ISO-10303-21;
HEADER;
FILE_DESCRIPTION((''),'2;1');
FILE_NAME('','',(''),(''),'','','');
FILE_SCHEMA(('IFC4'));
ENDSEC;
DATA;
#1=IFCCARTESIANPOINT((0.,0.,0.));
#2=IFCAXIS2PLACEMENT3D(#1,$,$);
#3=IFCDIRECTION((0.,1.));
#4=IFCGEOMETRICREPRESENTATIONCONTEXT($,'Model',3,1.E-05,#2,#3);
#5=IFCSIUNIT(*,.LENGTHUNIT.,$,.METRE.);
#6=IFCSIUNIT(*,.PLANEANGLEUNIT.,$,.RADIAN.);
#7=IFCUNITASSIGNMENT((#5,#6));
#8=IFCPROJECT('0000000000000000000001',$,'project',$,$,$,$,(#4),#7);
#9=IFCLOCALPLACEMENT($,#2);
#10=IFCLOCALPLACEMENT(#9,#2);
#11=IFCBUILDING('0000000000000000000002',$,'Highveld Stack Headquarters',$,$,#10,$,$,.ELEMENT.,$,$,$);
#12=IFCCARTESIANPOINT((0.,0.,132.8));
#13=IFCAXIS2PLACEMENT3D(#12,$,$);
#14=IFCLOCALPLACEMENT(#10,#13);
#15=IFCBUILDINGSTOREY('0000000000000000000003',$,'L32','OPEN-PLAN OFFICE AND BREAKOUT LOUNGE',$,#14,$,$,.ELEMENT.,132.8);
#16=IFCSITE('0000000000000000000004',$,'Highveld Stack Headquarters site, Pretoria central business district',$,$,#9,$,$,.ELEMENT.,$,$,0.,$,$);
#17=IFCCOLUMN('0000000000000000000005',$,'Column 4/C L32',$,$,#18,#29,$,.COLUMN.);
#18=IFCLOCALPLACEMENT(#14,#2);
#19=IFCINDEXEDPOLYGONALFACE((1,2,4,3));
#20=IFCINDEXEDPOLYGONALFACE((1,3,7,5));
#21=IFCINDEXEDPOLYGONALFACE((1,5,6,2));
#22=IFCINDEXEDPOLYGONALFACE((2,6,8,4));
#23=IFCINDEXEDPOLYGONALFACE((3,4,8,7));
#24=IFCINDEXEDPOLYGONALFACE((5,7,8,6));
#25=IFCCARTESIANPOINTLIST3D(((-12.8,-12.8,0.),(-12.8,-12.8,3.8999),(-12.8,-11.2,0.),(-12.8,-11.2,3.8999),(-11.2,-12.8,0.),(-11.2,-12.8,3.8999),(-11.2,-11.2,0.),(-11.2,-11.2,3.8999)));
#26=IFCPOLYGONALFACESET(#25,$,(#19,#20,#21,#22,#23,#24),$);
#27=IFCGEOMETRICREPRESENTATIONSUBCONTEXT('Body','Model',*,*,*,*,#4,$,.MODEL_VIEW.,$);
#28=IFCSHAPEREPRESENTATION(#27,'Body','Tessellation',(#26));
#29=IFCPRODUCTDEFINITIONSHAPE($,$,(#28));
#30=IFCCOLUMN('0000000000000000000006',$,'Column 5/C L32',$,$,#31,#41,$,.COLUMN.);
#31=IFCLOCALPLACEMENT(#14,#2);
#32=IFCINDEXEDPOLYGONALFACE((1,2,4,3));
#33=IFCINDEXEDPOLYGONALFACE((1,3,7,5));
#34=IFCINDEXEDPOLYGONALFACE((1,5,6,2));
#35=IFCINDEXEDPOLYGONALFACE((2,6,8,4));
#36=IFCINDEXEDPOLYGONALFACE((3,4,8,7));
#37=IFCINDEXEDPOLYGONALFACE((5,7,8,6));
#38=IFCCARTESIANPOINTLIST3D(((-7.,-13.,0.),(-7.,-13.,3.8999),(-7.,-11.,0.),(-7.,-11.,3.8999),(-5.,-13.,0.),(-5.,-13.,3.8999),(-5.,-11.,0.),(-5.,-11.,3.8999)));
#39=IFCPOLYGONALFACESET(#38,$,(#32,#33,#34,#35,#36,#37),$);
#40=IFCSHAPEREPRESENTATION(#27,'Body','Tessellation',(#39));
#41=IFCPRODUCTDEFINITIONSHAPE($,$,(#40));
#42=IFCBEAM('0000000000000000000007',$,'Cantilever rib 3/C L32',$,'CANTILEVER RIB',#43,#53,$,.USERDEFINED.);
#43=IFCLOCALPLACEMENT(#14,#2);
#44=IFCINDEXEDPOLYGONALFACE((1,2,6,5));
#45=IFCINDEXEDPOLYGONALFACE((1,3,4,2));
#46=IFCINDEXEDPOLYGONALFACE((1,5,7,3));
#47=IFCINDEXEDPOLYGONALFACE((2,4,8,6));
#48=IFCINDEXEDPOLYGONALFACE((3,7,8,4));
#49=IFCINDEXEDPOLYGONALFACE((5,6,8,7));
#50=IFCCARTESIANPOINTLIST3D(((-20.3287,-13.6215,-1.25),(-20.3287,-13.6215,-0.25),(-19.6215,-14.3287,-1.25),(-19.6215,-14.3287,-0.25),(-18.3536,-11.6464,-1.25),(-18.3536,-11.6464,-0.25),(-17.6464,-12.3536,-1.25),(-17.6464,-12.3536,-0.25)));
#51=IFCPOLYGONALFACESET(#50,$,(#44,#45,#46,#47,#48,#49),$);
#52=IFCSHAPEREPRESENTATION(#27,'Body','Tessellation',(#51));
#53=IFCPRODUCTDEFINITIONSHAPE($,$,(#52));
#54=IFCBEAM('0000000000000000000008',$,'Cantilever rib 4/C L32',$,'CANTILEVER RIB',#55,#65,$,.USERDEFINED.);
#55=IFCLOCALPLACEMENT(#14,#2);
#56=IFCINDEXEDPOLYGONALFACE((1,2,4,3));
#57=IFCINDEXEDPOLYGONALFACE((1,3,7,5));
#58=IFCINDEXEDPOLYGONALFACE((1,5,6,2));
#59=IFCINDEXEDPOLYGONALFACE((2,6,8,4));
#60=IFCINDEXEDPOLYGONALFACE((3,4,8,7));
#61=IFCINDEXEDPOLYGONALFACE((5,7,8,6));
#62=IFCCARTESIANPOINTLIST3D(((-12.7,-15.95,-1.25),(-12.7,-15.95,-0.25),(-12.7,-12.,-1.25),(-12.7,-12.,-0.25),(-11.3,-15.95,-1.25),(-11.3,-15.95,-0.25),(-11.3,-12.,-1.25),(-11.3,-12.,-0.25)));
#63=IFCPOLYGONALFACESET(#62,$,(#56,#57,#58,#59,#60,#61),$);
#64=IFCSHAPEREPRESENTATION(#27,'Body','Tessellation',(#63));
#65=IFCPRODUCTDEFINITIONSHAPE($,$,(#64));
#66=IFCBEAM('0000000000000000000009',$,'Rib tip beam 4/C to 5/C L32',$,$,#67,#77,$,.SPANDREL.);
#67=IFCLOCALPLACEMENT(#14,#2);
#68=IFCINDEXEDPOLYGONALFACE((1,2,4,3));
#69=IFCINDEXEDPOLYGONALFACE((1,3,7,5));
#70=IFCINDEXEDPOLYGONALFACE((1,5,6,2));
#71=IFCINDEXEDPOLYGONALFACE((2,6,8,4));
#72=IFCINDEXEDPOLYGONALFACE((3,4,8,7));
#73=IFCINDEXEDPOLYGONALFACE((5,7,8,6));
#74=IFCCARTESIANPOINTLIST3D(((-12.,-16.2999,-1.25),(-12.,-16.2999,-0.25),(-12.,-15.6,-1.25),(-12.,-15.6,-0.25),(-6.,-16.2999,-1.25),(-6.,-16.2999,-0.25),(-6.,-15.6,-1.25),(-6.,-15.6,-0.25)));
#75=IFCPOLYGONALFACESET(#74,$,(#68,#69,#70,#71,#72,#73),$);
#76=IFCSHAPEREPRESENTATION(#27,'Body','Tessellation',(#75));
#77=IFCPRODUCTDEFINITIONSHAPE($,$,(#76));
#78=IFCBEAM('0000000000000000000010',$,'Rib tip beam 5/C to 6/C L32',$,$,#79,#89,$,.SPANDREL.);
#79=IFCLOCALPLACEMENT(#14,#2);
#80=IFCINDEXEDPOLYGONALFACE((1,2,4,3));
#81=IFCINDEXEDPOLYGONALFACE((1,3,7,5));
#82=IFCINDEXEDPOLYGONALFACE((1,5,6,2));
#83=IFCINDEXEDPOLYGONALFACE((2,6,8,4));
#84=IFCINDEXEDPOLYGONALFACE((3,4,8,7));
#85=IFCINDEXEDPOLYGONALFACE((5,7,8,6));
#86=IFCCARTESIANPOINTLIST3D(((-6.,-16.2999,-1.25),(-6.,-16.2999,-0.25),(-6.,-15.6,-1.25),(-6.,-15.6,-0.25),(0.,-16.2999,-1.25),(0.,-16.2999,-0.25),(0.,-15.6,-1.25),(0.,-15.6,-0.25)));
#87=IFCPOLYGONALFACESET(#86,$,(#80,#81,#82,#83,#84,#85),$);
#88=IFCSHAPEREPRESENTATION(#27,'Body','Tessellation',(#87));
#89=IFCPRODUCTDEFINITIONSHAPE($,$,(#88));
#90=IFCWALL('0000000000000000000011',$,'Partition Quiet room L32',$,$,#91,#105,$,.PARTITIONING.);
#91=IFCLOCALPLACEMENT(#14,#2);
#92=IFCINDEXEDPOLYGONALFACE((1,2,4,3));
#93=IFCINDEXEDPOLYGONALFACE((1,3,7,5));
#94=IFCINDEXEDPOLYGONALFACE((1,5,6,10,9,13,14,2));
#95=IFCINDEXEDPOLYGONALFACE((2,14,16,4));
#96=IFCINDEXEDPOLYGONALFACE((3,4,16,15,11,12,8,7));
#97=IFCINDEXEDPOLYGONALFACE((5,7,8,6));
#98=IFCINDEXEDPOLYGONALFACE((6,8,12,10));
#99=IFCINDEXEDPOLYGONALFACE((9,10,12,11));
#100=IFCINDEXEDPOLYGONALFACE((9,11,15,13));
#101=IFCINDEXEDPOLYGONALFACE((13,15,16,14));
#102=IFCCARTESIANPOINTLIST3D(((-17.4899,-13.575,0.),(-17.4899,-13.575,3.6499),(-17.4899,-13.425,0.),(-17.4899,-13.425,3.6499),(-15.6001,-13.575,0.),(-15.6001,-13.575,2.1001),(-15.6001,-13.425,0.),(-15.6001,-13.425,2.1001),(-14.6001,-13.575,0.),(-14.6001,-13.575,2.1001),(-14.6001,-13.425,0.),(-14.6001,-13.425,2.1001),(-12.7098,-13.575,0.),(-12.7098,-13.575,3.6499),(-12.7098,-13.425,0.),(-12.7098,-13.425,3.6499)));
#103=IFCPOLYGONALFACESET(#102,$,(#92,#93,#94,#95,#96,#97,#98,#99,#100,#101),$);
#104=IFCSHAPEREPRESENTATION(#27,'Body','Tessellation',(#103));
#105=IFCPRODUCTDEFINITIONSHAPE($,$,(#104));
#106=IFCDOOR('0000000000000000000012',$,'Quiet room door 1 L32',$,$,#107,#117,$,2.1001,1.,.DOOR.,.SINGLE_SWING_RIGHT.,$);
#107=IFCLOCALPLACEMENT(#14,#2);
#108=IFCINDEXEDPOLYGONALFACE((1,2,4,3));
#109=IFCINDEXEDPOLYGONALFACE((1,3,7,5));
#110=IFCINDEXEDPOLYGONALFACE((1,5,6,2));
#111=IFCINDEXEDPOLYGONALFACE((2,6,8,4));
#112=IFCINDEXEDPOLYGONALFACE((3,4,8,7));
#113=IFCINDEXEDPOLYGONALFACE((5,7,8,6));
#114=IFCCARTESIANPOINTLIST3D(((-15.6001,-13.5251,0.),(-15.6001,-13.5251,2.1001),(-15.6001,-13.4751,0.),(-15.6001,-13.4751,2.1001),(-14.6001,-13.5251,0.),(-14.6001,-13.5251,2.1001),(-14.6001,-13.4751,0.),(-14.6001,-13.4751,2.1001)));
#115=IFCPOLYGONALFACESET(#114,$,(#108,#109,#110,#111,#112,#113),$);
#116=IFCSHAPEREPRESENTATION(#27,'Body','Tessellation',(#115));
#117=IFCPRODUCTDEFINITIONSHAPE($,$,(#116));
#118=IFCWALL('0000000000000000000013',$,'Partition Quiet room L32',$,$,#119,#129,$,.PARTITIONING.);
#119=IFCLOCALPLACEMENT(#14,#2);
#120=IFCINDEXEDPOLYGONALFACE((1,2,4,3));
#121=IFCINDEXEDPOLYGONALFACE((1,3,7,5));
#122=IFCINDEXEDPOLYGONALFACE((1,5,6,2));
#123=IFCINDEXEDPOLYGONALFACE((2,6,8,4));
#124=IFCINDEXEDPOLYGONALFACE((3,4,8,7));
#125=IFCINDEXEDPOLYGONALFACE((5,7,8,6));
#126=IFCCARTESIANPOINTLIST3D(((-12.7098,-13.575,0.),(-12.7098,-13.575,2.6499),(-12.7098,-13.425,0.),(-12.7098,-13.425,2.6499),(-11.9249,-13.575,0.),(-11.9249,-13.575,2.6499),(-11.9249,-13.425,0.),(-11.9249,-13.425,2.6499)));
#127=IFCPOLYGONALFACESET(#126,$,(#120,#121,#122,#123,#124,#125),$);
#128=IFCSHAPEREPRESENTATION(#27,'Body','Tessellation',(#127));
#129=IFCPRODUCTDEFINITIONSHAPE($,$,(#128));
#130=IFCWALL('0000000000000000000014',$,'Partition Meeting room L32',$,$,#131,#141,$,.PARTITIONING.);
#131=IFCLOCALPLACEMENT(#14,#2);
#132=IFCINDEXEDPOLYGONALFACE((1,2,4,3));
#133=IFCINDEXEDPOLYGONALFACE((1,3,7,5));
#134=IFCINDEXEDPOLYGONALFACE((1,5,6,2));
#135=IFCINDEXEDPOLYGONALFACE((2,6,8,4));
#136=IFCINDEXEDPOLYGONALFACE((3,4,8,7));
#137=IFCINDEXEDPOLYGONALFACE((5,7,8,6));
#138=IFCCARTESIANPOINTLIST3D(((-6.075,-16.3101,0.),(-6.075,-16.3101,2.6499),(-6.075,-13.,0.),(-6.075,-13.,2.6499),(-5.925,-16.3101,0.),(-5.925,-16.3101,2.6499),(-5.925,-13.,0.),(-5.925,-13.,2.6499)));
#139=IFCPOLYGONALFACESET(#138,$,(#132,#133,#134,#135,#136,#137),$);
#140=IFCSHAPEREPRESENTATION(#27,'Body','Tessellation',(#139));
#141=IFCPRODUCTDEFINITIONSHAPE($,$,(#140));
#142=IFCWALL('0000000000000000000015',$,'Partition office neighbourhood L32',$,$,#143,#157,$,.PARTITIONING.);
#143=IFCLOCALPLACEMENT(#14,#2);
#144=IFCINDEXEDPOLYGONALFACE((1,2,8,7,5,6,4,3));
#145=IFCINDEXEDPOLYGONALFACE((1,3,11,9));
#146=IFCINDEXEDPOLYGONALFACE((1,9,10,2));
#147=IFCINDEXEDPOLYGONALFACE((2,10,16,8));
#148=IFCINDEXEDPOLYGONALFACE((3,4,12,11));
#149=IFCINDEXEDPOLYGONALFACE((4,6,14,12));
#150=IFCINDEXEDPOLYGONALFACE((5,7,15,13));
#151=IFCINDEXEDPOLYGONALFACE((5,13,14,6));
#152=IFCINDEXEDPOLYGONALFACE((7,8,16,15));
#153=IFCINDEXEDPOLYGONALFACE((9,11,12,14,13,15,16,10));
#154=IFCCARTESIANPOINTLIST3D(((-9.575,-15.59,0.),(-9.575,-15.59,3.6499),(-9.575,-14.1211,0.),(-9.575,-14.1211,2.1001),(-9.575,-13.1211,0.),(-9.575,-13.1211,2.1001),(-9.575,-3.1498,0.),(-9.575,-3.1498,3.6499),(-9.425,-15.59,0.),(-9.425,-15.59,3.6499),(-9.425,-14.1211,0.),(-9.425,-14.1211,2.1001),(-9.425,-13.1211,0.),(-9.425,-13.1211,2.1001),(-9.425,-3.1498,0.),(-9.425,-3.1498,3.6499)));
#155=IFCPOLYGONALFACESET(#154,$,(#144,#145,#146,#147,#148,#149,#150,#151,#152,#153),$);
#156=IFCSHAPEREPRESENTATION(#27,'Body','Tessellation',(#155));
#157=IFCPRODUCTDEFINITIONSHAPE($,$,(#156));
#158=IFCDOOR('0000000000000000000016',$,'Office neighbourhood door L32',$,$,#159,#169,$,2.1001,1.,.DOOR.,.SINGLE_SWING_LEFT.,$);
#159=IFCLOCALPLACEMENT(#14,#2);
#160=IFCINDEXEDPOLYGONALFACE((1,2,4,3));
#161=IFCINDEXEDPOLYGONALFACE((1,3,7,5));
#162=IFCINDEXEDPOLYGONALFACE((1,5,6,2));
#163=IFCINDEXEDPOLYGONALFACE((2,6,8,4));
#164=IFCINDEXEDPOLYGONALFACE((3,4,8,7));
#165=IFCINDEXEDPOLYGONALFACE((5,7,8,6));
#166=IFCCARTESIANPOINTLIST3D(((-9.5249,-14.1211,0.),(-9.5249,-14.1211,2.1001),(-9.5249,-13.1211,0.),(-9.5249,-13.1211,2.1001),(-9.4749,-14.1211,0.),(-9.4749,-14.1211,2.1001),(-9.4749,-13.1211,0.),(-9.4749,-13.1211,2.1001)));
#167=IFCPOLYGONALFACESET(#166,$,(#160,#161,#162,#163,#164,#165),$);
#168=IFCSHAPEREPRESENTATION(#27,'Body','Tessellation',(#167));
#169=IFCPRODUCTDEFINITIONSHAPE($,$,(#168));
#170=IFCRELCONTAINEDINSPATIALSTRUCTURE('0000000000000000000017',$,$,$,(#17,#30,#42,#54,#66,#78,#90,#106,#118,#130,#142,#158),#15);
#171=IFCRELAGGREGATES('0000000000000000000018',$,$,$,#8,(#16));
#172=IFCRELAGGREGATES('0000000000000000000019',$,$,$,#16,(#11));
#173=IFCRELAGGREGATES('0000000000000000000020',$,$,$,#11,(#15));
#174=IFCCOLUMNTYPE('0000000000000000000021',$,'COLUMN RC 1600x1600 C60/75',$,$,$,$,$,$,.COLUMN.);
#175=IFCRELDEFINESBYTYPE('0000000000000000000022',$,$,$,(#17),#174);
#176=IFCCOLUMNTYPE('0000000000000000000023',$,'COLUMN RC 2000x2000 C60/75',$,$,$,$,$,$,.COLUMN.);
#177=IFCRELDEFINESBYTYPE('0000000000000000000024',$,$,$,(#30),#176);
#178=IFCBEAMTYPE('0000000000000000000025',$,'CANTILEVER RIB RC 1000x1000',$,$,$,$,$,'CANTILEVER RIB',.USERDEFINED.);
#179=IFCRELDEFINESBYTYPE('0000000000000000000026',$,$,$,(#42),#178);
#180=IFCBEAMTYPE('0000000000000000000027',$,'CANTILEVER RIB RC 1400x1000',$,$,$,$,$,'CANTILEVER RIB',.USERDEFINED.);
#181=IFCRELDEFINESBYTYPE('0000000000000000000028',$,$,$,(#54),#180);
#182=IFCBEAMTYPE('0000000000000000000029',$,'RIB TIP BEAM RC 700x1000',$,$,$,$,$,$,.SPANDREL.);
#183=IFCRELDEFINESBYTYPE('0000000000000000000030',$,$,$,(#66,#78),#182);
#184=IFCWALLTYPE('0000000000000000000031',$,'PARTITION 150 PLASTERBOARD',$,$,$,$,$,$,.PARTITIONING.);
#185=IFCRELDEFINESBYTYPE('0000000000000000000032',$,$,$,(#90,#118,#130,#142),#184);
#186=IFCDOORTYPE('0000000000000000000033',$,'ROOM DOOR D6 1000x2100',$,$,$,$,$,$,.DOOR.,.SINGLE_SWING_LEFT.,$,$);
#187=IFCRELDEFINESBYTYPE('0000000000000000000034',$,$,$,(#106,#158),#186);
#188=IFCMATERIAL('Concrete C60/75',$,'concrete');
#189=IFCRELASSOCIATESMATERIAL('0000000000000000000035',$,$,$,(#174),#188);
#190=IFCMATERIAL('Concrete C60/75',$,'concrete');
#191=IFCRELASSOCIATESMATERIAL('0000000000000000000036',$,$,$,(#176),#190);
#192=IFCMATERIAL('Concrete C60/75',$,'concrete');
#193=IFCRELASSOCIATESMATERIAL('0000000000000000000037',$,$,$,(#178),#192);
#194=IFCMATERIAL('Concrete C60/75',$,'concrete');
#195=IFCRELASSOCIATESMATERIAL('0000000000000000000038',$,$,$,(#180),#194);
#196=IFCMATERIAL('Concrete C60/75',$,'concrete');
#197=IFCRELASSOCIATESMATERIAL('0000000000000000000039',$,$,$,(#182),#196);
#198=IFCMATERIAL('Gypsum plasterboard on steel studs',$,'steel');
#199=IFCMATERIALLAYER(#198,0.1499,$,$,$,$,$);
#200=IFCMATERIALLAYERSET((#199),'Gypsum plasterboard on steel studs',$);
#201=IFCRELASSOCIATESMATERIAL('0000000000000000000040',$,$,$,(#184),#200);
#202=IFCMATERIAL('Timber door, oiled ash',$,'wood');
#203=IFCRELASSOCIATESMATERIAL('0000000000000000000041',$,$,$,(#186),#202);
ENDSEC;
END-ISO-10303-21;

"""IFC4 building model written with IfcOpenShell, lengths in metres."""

from ifc_helpers import new_model, si_unit, direction, frame, frame_2d, origin, origin_2d, place, context, subcontext, project, spatial, rectangle, extrude, material, layer, layer_set, material_profile, profile_set, type_object, element, fill, save


model = new_model("IFC4")

# Units and contexts
model_context = context("Model", 3, precision=1e-05, world=origin(), true_north=direction((0.0, 1.0)))
body_context = subcontext(model_context, "Body", "Model", "MODEL_VIEW")
ifc_project = project(units=[si_unit("LENGTHUNIT", "METRE"), si_unit("PLANEANGLEUNIT", "RADIAN")], contexts=[model_context])

# Site, building, storey
site_placement = place(None, origin())
site = spatial("IfcSite", under=ifc_project, at=site_placement, Name="Highveld Stack Headquarters site, Pretoria central business district", CompositionType="ELEMENT", RefElevation=0.0)
building_placement = place(site_placement, origin())
building = spatial("IfcBuilding", under=site, at=building_placement, Name="Highveld Stack Headquarters", CompositionType="ELEMENT")
storey_placement = place(building_placement, frame((0.0, 0.0, 132.8)))
storey = spatial("IfcBuildingStorey", under=building, at=storey_placement, Name="L32", Description="OPEN-PLAN OFFICE AND BREAKOUT LOUNGE", CompositionType="ELEMENT", Elevation=132.8)

# Columns
ifc_material_1 = material(Name="Concrete C60/75", Category="concrete")
ifc_material_profile_1 = material_profile(ifc_material_1, rectangle(XDim=1.6001, YDim=1.6001, at=origin_2d()), Name="RC 1600x1600")
ifc_profile_set_1 = profile_set([ifc_material_profile_1], Name="Concrete C60/75")
column_type_1 = type_object("IfcColumnType", Name="COLUMN RC 1600x1600 C60/75", PredefinedType="COLUMN", material=ifc_profile_set_1)
column_1_placement = place(storey_placement, frame((-12.0, -12.0, 0.0), z_axis=(0.0, 0.0, 1.0), x_axis=(1.0, 0.0, 0.0)))
element("IfcColumn", 1, at=column_1_placement, inside=storey, type_object=column_type_1, Name="Column 4/C L32", PredefinedType="COLUMN", context=body_context, shape_type="SweptSolid", body=[
    extrude(rectangle(XDim=1.6001, YDim=1.6001, at=origin_2d()), origin(), (0.0, 0.0, 1.0), 3.8999),
])
ifc_material_2 = material(Name="Concrete C60/75", Category="concrete")
ifc_material_profile_2 = material_profile(ifc_material_2, rectangle(XDim=2.0, YDim=2.0, at=origin_2d()), Name="RC 2000x2000")
ifc_profile_set_2 = profile_set([ifc_material_profile_2], Name="Concrete C60/75")
column_type_2 = type_object("IfcColumnType", Name="COLUMN RC 2000x2000 C60/75", PredefinedType="COLUMN", material=ifc_profile_set_2)
column_2_placement = place(storey_placement, frame((-6.0, -12.0, 0.0), z_axis=(0.0, 0.0, 1.0), x_axis=(1.0, 0.0, 0.0)))
element("IfcColumn", 2, at=column_2_placement, inside=storey, type_object=column_type_2, Name="Column 5/C L32", PredefinedType="COLUMN", context=body_context, shape_type="SweptSolid", body=[
    extrude(rectangle(XDim=2.0, YDim=2.0, at=origin_2d()), origin(), (0.0, 0.0, 1.0), 3.8999),
])

# Beams
ifc_material_3 = material(Name="Concrete C60/75", Category="concrete")
ifc_material_profile_3 = material_profile(ifc_material_3, rectangle(XDim=1.0, YDim=1.0, at=origin_2d()), Name="RC 1000x1000")
ifc_profile_set_3 = profile_set([ifc_material_profile_3], Name="Concrete C60/75")
beam_type_1 = type_object("IfcBeamType", Name="CANTILEVER RIB RC 1000x1000", ElementType="CANTILEVER RIB", PredefinedType="USERDEFINED", material=ifc_profile_set_3)
beam_1_placement = place(storey_placement, frame((-18.0, -12.0, -0.75), z_axis=(-0.707107, -0.707107, 0.0), x_axis=(0.707107, -0.707107, 0.0)))
element("IfcBeam", 3, at=beam_1_placement, inside=storey, type_object=beam_type_1, Name="Cantilever rib 3/C L32", ObjectType="CANTILEVER RIB", PredefinedType="USERDEFINED", context=body_context, shape_type="SweptSolid", body=[
    extrude(rectangle(XDim=1.0, YDim=1.0, at=origin_2d()), origin(), (0.0, 0.0, 1.0), 2.7932),
])
ifc_material_4 = material(Name="Concrete C60/75", Category="concrete")
ifc_material_profile_4 = material_profile(ifc_material_4, rectangle(XDim=1.3999, YDim=1.0, at=origin_2d()), Name="RC 1400x1000")
ifc_profile_set_4 = profile_set([ifc_material_profile_4], Name="Concrete C60/75")
beam_type_2 = type_object("IfcBeamType", Name="CANTILEVER RIB RC 1400x1000", ElementType="CANTILEVER RIB", PredefinedType="USERDEFINED", material=ifc_profile_set_4)
beam_2_placement = place(storey_placement, frame((-12.0, -12.0, -0.75), z_axis=(0.0, -1.0, 0.0), x_axis=(1.0, 0.0, 0.0)))
element("IfcBeam", 4, at=beam_2_placement, inside=storey, type_object=beam_type_2, Name="Cantilever rib 4/C L32", ObjectType="CANTILEVER RIB", PredefinedType="USERDEFINED", context=body_context, shape_type="SweptSolid", body=[
    extrude(rectangle(XDim=1.3999, YDim=1.0, at=origin_2d()), origin(), (0.0, 0.0, 1.0), 3.95),
])
ifc_material_5 = material(Name="Concrete C60/75", Category="concrete")
ifc_material_profile_5 = material_profile(ifc_material_5, rectangle(XDim=0.7, YDim=1.0, at=origin_2d()), Name="RC 700x1000")
ifc_profile_set_5 = profile_set([ifc_material_profile_5], Name="Concrete C60/75")
beam_type_3 = type_object("IfcBeamType", Name="RIB TIP BEAM RC 700x1000", PredefinedType="SPANDREL", material=ifc_profile_set_5)
for number, where, z_axis, x_axis, name in (
    (5, (-12.0, -15.95, -0.75), (1.0, 0.0, 0.0), (0.0, 1.0, 0.0), "Rib tip beam 4/C to 5/C L32"),
    (6, (-6.0, -15.95, -0.75), (1.0, 0.0, 0.0), (0.0, 1.0, 0.0), "Rib tip beam 5/C to 6/C L32"),
):
    element("IfcBeam", number, at=place(storey_placement, frame(where, z_axis=z_axis, x_axis=x_axis)), inside=storey, type_object=beam_type_3, Name=name, PredefinedType="SPANDREL", context=body_context, shape_type="SweptSolid", body=[
        extrude(rectangle(XDim=0.7, YDim=1.0, at=origin_2d()), origin(), (0.0, 0.0, 1.0), 6.0),
    ])

# Wall, opening, door
ifc_material_6 = material(Name="Gypsum plasterboard on steel studs", Category="steel")
ifc_layer = layer(ifc_material_6, 0.1499)
ifc_layer_set = layer_set([ifc_layer], Name="Gypsum plasterboard on steel studs")
wall_type = type_object("IfcWallType", Name="PARTITION 150 PLASTERBOARD", PredefinedType="PARTITIONING", material=ifc_layer_set)
wall_1_placement = place(storey_placement, frame((-17.49, -13.5, 0.0), z_axis=(0.0, 0.0, 1.0), x_axis=(1.0, 0.0, 0.0)))
wall_1 = element("IfcWall", 7, at=wall_1_placement, inside=storey, type_object=wall_type, Name="Partition Quiet room L32", PredefinedType="PARTITIONING", context=body_context, shape_type="SweptSolid", body=[
    extrude(rectangle(XDim=4.78, YDim=0.1499, at=frame_2d((2.3901, 0.0))), origin(), (0.0, 0.0, 1.0), 3.6499),
])
opening_1_placement = place(wall_1_placement, frame((1.8899, 0.0, 0.0)))
opening_1 = element("IfcOpeningElement", 8, at=opening_1_placement, cuts=wall_1, PredefinedType="OPENING", context=body_context, shape_type="SweptSolid", body=[
    extrude(rectangle(XDim=1.0, YDim=2.1001, at=frame_2d((0.5, 1.05))), frame((0.0, 0.085, 0.0), z_axis=(0.0, -1.0, 0.0), x_axis=(1.0, 0.0, 0.0)), (0.0, 0.0, 1.0), 0.1699),
])
ifc_material_7 = material(Name="Timber door, oiled ash", Category="wood")
door_type = type_object("IfcDoorType", Name="ROOM DOOR D6 1000x2100", OperationType="SINGLE_SWING_LEFT", PredefinedType="DOOR", material=ifc_material_7)
door_1_placement = place(opening_1_placement, origin())
door_1 = element("IfcDoor", 9, at=door_1_placement, inside=storey, type_object=door_type, Name="Quiet room door 1 L32", OperationType="SINGLE_SWING_RIGHT", OverallHeight=2.1001, OverallWidth=1.0, PredefinedType="DOOR", context=body_context, shape_type="SweptSolid", body=[
    extrude(rectangle(XDim=1.0, YDim=2.1001, at=frame_2d((0.5, 1.05))), frame((0.0, 0.0249, 0.0), z_axis=(0.0, -1.0, 0.0), x_axis=(1.0, 0.0, 0.0)), (0.0, 0.0, 1.0), 0.05),
])
fill(opening_1, door_1)

# Walls
wall_2_placement = place(storey_placement, frame((-12.71, -13.5, 0.0), z_axis=(0.0, 0.0, 1.0), x_axis=(1.0, 0.0, 0.0)))
element("IfcWall", 10, at=wall_2_placement, inside=storey, type_object=wall_type, Name="Partition Quiet room L32", PredefinedType="PARTITIONING", context=body_context, shape_type="SweptSolid", body=[
    extrude(rectangle(XDim=0.7849, YDim=0.1499, at=frame_2d((0.3926, 0.0))), origin(), (0.0, 0.0, 1.0), 2.6499),
])
wall_3_placement = place(storey_placement, frame((-6.0, -16.3101, 0.0), z_axis=(0.0, 0.0, 1.0), x_axis=(0.0, 1.0, 0.0)))
element("IfcWall", 11, at=wall_3_placement, inside=storey, type_object=wall_type, Name="Partition Meeting room L32", PredefinedType="PARTITIONING", context=body_context, shape_type="SweptSolid", body=[
    extrude(rectangle(XDim=3.3101, YDim=0.1499, at=frame_2d((1.655, 0.0))), origin(), (0.0, 0.0, 1.0), 2.6499),
])

# Wall, opening, door
wall_4_placement = place(storey_placement, frame((-9.5, -15.5901, 0.0), z_axis=(0.0, 0.0, 1.0), x_axis=(0.0, 1.0, 0.0)))
wall_4 = element("IfcWall", 12, at=wall_4_placement, inside=storey, type_object=wall_type, Name="Partition office neighbourhood L32", PredefinedType="PARTITIONING", context=body_context, shape_type="SweptSolid", body=[
    extrude(rectangle(XDim=12.4402, YDim=0.1499, at=frame_2d((6.2202, 0.0))), origin(), (0.0, 0.0, 1.0), 3.6499),
])
opening_2_placement = place(wall_4_placement, frame((1.469, 0.0, 0.0)))
opening_2 = element("IfcOpeningElement", 13, at=opening_2_placement, cuts=wall_4, PredefinedType="OPENING", context=body_context, shape_type="SweptSolid", body=[
    extrude(rectangle(XDim=1.0, YDim=2.1001, at=frame_2d((0.5, 1.05))), frame((0.0, 0.085, 0.0), z_axis=(0.0, -1.0, 0.0), x_axis=(1.0, 0.0, 0.0)), (0.0, 0.0, 1.0), 0.1699),
])
door_2_placement = place(opening_2_placement, origin())
door_2 = element("IfcDoor", 14, at=door_2_placement, inside=storey, type_object=door_type, Name="Office neighbourhood door L32", OperationType="SINGLE_SWING_LEFT", OverallHeight=2.1001, OverallWidth=1.0, PredefinedType="DOOR", context=body_context, shape_type="SweptSolid", body=[
    extrude(rectangle(XDim=1.0, YDim=2.1001, at=frame_2d((0.5, 1.05))), frame((0.0, 0.0249, 0.0), z_axis=(0.0, -1.0, 0.0), x_axis=(1.0, 0.0, 0.0)), (0.0, 0.0, 1.0), 0.05),
])
fill(opening_2, door_2)

save(model, "model.ifc")
